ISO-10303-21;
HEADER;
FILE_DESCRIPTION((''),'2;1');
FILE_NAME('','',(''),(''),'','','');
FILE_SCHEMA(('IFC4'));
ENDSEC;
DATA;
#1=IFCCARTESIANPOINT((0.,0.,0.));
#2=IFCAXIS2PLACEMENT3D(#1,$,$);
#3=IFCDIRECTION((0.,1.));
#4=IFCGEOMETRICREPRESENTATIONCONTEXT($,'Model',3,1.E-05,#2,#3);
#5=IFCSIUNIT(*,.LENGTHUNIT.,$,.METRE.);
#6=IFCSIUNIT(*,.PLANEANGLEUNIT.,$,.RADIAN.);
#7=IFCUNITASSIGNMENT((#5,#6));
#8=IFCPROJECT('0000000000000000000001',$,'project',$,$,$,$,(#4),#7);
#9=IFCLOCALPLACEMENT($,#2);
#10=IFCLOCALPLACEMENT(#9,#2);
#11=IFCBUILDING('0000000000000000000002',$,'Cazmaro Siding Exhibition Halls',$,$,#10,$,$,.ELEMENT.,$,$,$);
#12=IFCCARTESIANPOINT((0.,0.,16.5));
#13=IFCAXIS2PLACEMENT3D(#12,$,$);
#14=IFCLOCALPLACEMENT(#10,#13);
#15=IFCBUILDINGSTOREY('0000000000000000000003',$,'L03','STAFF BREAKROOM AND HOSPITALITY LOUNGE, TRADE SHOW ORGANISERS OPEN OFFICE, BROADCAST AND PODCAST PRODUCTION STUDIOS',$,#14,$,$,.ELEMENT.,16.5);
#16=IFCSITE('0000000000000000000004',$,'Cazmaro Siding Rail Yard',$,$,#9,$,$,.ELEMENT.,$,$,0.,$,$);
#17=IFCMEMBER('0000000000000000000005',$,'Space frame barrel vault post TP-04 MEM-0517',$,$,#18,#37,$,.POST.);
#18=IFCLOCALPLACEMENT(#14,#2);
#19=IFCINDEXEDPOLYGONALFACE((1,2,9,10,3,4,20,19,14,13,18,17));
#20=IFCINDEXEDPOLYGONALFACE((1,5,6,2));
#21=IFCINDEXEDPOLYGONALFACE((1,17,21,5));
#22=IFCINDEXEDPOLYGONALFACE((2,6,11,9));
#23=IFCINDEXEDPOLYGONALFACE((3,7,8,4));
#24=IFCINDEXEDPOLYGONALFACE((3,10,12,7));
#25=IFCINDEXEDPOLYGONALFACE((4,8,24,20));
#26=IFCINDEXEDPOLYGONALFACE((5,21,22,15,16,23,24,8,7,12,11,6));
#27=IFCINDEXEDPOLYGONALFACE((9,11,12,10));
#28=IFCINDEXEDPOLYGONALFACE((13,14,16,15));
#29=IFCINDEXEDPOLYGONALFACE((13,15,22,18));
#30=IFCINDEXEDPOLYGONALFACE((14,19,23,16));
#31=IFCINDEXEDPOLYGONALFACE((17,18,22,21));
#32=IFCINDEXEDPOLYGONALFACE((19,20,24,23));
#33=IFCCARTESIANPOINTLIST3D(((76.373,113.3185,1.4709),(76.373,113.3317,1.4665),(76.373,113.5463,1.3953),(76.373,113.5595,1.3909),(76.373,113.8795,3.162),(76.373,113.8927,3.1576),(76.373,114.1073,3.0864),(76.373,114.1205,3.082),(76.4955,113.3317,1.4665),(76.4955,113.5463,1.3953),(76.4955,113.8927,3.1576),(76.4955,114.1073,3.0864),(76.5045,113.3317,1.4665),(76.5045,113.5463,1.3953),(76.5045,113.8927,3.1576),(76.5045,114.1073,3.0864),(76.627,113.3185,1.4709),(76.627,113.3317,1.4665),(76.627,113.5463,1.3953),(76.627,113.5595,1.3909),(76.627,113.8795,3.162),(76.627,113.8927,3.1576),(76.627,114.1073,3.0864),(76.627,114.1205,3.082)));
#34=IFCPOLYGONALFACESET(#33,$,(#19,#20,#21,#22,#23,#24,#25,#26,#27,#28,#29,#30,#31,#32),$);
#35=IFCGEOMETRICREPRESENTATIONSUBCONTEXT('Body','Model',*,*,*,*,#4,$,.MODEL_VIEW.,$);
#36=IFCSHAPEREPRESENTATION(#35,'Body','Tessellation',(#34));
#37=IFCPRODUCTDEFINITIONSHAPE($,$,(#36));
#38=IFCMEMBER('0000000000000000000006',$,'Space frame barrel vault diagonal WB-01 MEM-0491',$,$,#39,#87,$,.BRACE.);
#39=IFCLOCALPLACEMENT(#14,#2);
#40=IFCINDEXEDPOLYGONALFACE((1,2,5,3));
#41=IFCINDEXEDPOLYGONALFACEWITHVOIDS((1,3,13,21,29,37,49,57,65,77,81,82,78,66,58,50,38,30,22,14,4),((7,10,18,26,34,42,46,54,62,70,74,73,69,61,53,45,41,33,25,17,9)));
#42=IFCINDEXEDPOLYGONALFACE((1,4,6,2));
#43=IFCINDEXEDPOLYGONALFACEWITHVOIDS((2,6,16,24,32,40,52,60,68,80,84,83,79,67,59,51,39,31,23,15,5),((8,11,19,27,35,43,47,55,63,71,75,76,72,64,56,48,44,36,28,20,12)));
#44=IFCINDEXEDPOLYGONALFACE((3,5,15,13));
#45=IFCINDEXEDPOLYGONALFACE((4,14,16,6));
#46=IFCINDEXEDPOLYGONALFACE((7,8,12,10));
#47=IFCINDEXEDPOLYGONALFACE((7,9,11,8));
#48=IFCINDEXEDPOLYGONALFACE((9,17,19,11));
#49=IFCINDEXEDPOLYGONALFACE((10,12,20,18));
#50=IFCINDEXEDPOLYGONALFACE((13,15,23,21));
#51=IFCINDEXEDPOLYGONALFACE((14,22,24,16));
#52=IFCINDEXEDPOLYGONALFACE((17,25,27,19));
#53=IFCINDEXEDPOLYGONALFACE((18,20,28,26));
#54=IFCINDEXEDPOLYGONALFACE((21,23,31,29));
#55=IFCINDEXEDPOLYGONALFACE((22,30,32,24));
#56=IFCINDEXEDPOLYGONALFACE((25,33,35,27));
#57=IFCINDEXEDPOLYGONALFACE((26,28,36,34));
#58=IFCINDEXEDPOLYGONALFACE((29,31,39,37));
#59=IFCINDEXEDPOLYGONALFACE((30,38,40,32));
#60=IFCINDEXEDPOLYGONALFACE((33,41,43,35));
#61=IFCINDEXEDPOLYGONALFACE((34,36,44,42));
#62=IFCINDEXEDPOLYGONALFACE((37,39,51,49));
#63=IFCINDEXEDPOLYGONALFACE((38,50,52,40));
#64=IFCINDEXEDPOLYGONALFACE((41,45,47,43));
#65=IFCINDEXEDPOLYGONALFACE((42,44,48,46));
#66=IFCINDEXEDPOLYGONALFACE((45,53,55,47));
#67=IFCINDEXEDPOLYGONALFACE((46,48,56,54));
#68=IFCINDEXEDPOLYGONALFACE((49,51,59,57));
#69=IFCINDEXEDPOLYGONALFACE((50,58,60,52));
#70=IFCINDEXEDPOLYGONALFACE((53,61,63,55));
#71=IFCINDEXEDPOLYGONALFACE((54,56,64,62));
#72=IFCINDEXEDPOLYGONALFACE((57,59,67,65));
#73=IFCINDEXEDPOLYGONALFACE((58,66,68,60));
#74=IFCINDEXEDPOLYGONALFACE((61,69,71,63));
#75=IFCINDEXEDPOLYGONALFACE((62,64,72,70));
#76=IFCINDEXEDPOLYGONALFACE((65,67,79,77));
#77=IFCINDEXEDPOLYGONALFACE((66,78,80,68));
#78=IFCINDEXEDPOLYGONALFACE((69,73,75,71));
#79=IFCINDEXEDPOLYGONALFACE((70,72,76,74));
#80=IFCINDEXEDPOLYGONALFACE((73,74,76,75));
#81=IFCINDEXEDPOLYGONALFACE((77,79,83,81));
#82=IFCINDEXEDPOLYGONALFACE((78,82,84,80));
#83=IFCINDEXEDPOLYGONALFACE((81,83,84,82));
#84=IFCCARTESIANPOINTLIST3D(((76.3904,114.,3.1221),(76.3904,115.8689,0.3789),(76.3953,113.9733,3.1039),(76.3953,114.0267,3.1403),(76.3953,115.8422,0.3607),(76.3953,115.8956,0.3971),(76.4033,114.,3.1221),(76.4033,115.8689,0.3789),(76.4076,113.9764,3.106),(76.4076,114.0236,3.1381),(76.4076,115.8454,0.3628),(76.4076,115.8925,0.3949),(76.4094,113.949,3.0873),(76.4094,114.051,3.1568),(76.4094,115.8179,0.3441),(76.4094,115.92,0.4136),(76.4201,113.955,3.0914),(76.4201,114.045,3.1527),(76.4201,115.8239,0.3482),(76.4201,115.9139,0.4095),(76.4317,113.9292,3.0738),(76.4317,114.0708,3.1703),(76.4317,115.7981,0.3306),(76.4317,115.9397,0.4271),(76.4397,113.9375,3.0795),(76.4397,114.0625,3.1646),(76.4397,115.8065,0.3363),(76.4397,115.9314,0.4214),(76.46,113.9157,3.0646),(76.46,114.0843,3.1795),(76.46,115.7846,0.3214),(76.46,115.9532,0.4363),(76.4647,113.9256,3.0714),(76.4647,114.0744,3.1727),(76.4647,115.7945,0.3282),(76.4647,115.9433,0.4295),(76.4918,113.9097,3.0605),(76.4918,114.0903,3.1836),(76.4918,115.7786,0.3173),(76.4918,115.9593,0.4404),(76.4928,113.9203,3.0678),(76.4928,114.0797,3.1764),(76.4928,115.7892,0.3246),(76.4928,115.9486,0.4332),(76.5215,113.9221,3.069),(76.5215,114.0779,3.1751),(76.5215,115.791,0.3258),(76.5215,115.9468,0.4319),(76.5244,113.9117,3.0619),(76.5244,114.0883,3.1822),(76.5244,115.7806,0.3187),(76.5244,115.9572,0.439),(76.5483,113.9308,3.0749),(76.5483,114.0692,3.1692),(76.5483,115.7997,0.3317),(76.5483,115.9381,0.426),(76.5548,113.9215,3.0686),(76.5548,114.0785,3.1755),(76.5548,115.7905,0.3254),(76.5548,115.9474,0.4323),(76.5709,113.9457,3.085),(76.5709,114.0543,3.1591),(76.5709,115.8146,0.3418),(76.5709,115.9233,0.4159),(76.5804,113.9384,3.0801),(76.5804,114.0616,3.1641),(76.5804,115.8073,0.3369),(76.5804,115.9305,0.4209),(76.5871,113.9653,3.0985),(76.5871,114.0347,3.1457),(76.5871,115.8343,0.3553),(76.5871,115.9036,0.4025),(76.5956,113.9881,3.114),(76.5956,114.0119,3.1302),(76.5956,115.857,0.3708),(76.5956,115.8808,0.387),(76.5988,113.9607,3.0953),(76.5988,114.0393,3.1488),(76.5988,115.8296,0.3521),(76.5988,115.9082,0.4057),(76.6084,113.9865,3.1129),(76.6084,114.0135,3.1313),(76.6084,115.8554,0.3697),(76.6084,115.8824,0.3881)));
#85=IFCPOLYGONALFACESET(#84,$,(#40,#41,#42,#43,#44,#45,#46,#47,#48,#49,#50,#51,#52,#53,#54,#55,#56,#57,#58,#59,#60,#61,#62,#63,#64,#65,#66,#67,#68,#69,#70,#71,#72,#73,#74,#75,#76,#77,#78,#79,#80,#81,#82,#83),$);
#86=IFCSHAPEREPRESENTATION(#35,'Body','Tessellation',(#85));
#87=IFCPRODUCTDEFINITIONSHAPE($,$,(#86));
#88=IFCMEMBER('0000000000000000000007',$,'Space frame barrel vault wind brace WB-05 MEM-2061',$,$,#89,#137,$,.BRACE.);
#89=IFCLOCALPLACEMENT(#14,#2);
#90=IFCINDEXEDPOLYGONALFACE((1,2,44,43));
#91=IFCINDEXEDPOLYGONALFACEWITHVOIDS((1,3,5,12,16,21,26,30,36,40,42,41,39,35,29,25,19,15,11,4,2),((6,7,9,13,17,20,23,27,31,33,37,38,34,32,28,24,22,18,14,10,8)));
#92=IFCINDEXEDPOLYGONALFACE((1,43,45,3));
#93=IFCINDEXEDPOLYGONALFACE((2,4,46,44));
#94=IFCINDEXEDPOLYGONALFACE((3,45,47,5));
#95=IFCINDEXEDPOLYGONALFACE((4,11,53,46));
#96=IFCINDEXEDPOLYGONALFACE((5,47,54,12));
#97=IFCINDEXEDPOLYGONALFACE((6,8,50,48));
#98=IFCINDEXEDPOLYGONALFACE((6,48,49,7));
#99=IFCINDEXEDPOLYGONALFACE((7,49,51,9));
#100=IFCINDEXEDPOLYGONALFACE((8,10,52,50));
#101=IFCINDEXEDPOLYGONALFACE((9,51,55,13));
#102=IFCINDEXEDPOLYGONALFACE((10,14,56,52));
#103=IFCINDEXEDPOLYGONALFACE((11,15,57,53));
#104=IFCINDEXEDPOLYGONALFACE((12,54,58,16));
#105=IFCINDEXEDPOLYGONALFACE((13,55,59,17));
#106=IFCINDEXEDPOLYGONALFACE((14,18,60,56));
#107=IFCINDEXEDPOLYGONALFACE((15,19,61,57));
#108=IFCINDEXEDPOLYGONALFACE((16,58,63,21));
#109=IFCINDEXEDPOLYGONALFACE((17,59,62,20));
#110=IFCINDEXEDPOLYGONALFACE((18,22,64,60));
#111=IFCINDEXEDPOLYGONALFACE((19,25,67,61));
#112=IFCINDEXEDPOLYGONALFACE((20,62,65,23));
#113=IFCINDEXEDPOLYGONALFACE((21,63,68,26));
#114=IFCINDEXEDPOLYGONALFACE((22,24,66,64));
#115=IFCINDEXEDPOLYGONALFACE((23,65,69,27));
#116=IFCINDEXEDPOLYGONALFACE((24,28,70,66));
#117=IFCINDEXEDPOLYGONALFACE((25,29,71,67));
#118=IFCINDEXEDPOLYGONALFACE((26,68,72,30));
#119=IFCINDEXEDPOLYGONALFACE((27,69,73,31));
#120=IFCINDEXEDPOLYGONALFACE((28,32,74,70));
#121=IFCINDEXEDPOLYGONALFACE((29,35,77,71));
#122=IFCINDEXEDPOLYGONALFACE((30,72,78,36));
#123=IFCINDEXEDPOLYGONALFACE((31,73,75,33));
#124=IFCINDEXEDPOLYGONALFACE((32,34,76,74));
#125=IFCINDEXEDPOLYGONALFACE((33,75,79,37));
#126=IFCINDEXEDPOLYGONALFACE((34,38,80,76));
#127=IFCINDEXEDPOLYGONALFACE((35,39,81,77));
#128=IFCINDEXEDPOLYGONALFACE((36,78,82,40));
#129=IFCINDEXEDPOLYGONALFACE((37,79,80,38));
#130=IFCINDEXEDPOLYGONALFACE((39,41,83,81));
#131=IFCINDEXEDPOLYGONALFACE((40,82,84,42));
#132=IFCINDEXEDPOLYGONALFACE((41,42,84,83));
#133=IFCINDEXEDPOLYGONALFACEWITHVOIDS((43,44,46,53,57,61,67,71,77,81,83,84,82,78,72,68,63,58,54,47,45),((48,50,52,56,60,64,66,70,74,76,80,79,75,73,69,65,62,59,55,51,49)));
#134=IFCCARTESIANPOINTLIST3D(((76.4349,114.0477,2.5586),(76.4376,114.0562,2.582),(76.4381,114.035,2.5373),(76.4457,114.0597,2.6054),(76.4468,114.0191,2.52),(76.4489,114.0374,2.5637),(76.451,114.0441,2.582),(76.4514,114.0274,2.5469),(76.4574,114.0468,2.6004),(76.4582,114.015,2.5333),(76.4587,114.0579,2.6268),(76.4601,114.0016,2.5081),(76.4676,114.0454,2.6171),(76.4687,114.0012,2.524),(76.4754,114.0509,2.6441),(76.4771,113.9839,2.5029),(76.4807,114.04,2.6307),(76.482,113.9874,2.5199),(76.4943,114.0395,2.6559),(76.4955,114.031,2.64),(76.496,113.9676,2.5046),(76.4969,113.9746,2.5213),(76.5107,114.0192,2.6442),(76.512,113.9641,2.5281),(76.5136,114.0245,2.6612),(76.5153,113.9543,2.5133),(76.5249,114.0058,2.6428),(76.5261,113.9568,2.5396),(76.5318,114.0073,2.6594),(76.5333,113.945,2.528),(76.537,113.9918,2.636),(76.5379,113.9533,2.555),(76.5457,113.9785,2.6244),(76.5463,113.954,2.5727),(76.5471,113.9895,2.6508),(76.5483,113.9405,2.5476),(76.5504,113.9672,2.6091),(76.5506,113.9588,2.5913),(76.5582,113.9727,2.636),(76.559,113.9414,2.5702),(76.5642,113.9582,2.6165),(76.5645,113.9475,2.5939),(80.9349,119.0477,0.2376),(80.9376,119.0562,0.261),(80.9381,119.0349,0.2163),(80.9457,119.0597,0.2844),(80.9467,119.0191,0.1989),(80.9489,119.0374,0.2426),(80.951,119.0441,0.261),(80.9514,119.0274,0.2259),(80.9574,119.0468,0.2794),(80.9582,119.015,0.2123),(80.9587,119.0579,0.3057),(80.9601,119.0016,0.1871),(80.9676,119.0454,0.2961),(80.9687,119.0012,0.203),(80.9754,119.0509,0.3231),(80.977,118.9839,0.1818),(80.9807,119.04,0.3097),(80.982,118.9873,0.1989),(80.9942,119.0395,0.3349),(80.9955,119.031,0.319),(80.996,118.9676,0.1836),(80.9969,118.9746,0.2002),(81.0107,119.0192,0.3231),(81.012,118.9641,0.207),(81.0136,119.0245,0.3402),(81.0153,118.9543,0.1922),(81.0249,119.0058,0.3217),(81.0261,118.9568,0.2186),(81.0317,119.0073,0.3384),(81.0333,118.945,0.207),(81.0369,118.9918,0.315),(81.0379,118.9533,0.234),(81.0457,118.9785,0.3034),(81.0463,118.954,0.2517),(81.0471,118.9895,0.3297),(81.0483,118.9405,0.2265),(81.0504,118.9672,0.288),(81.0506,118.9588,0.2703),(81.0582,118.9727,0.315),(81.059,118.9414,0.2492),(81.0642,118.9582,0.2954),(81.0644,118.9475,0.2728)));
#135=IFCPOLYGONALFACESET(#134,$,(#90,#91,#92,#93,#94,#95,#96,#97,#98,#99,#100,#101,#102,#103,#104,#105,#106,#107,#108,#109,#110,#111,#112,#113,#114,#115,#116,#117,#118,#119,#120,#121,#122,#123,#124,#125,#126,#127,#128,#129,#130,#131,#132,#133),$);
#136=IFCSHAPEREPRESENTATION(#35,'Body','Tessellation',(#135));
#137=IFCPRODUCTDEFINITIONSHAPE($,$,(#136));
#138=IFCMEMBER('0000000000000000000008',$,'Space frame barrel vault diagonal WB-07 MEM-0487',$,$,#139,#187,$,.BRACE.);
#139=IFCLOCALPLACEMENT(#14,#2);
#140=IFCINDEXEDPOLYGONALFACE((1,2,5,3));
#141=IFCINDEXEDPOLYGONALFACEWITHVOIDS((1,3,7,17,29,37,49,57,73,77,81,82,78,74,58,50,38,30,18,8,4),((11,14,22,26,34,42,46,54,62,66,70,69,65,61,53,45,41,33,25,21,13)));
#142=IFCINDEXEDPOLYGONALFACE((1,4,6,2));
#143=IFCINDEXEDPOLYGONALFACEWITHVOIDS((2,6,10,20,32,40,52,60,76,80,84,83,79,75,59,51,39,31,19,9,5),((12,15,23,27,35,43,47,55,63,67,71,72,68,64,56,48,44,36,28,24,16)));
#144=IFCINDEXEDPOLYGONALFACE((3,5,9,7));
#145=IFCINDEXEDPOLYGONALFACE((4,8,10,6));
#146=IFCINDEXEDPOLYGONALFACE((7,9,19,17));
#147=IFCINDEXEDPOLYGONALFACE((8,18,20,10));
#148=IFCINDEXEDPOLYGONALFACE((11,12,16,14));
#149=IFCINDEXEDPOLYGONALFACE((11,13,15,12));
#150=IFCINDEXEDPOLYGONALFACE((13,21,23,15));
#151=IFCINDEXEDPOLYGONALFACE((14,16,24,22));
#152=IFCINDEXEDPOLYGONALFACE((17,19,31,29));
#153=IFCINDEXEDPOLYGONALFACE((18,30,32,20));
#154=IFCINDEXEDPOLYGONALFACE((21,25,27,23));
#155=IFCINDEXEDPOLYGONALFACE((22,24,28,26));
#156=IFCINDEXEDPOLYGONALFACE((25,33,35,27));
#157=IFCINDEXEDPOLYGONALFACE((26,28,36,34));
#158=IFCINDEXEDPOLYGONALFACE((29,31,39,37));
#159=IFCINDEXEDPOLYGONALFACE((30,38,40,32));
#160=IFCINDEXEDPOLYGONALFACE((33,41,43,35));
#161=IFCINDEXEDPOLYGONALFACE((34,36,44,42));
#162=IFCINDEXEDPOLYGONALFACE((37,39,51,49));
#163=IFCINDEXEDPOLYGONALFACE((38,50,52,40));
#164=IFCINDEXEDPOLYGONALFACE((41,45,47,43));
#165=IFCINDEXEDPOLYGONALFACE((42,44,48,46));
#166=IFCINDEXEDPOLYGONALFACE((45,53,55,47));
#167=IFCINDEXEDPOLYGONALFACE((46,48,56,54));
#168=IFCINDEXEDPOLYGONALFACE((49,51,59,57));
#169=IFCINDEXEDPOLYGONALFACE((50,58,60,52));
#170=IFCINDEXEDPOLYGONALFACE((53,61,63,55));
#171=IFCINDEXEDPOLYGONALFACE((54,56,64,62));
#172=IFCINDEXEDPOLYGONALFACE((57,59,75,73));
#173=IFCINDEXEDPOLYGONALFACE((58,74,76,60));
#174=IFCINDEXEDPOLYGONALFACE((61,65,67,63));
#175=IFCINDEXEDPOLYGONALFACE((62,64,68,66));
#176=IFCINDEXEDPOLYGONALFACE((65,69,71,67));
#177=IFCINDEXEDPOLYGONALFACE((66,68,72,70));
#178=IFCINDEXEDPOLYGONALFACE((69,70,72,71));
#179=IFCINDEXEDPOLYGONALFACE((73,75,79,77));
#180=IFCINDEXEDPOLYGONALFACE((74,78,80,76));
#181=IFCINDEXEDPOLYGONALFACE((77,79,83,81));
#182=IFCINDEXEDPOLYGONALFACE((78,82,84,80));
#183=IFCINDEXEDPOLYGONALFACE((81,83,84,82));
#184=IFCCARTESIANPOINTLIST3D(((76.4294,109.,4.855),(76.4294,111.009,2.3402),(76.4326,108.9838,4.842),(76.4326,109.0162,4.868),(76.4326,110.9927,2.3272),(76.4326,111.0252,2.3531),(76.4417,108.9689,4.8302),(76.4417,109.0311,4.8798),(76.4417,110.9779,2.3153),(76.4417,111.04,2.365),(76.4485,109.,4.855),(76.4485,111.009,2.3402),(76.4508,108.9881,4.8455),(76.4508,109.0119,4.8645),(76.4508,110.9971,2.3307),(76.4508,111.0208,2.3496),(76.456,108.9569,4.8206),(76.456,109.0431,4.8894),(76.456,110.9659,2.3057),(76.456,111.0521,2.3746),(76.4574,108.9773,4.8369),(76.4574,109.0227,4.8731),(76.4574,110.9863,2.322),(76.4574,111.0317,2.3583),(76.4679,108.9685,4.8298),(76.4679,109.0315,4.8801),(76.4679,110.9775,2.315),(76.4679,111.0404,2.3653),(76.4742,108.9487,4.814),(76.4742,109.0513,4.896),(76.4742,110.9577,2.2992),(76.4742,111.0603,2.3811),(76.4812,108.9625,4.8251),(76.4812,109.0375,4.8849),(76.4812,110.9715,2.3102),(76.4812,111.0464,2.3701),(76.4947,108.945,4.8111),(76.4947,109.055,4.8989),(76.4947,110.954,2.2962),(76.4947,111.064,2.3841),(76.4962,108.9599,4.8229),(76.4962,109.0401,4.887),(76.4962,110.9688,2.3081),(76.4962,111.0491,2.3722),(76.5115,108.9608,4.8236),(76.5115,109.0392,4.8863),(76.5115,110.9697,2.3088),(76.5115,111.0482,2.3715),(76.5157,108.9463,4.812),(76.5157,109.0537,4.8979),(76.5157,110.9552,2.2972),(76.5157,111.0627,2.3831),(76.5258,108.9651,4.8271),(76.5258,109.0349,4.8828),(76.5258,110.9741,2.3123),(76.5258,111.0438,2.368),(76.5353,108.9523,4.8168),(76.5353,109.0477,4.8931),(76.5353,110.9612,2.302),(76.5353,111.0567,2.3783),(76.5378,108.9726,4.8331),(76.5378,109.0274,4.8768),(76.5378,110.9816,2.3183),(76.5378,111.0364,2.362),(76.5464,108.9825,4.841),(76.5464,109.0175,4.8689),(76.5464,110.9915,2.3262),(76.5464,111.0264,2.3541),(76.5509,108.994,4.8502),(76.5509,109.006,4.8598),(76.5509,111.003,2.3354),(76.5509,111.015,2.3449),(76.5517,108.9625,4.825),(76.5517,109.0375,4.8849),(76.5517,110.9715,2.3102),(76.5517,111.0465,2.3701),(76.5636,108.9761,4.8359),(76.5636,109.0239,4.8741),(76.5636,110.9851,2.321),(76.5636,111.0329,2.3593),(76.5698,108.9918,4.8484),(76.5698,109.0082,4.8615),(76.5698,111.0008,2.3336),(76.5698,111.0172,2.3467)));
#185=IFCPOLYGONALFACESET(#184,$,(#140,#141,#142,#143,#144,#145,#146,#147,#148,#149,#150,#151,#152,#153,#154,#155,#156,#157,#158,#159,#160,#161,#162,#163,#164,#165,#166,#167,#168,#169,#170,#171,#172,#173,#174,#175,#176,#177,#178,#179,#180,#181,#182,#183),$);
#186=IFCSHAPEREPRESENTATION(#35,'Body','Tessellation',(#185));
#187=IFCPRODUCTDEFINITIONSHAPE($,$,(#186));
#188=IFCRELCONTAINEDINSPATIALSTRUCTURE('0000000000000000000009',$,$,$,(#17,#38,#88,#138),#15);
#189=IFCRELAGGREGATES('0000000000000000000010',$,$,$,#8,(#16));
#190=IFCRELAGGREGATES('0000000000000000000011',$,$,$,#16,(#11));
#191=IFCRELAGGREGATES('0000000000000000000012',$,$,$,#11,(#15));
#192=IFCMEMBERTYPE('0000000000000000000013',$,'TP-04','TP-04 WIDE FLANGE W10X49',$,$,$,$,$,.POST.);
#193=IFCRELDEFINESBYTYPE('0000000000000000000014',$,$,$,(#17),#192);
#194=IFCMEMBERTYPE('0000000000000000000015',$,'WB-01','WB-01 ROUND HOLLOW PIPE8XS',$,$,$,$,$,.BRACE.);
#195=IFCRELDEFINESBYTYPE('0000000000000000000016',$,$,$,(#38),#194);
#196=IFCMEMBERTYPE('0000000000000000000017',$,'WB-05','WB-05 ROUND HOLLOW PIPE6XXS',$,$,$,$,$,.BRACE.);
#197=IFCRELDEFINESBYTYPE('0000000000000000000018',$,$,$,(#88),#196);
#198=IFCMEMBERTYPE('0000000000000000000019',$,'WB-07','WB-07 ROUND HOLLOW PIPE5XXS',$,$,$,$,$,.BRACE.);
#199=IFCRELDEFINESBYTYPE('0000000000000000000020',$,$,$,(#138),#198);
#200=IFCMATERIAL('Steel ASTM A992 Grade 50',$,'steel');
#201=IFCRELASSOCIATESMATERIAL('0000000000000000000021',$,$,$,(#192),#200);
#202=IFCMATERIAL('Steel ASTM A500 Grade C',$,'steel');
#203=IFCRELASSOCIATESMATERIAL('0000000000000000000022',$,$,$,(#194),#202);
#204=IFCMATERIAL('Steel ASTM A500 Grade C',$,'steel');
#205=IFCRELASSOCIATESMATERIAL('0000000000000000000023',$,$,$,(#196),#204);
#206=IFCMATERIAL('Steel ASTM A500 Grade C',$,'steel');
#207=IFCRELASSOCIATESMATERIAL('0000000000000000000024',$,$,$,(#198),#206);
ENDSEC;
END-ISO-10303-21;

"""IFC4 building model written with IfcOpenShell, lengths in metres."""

from ifc_helpers import new_model, si_unit, direction, frame, origin, origin_2d, place, context, subcontext, project, spatial, hollow_circle, i_section, extrude, material, material_profile, profile_set, type_object, element, save


model = new_model("IFC4")

# Units and contexts
model_context = context("Model", 3, precision=1e-05, world=origin(), true_north=direction((0.0, 1.0)))
body_context = subcontext(model_context, "Body", "Model", "MODEL_VIEW")
ifc_project = project(units=[si_unit("LENGTHUNIT", "METRE"), si_unit("PLANEANGLEUNIT", "RADIAN")], contexts=[model_context])

# Site, building, storey
site_placement = place(None, origin())
site = spatial("IfcSite", under=ifc_project, at=site_placement, Name="Cazmaro Siding Rail Yard", CompositionType="ELEMENT", RefElevation=0.0)
building_placement = place(site_placement, origin())
building = spatial("IfcBuilding", under=site, at=building_placement, Name="Cazmaro Siding Exhibition Halls", CompositionType="ELEMENT")
storey_placement = place(building_placement, frame((0.0, 0.0, 16.5)))
storey = spatial("IfcBuildingStorey", under=building, at=storey_placement, Name="L03", Description="STAFF BREAKROOM AND HOSPITALITY LOUNGE, TRADE SHOW ORGANISERS OPEN OFFICE, BROADCAST AND PODCAST PRODUCTION STUDIOS", CompositionType="ELEMENT", Elevation=16.5)

# Members
ifc_material_1 = material(Name="Steel ASTM A992 Grade 50", Category="steel")
ifc_material_profile_1 = material_profile(ifc_material_1, i_section(OverallWidth=0.2539, OverallDepth=0.2539, WebThickness=0.009, FlangeThickness=0.0139, at=origin_2d()), Name="W10X49")
ifc_profile_set_1 = profile_set([ifc_material_profile_1], Name="Steel ASTM A992 Grade 50")
member_type_1 = type_object("IfcMemberType", Name="TP-04", Description="TP-04 WIDE FLANGE W10X49", PredefinedType="POST", material=ifc_profile_set_1)
member_1_placement = place(storey_placement, frame((76.5, 113.439, 1.4309), z_axis=(0.0, 0.314871, 0.949134), x_axis=(-1.0, 0.0, 0.0)))
element("IfcMember", 1, at=member_1_placement, inside=storey, type_object=member_type_1, Name="Space frame barrel vault post TP-04 MEM-0517", PredefinedType="POST", context=body_context, shape_type="SweptSolid", body=[
    extrude(i_section(OverallWidth=0.2539, OverallDepth=0.2539, WebThickness=0.009, FlangeThickness=0.0139, at=origin_2d()), origin(), (0.0, 0.0, 1.0), 1.7817),
])
ifc_material_2 = material(Name="Steel ASTM A500 Grade C", Category="steel")
ifc_material_profile_2 = material_profile(ifc_material_2, hollow_circle(Radius=0.1096, WallThickness=0.0129, at=origin_2d()), Name="PIPE8XS")
ifc_profile_set_2 = profile_set([ifc_material_profile_2], Name="Steel ASTM A500 Grade C")
member_type_2 = type_object("IfcMemberType", Name="WB-01", Description="WB-01 ROUND HOLLOW PIPE8XS", PredefinedType="BRACE", material=ifc_profile_set_2)
member_2_placement = place(storey_placement, frame((76.5, 114.0, 3.1221), z_axis=(0.0, 0.56304, -0.82643), x_axis=(-1.0, 0.0, 0.0)))
element("IfcMember", 2, at=member_2_placement, inside=storey, type_object=member_type_2, Name="Space frame barrel vault diagonal WB-01 MEM-0491", PredefinedType="BRACE", context=body_context, shape_type="SweptSolid", body=[
    extrude(hollow_circle(Radius=0.1096, WallThickness=0.0129, at=origin_2d()), origin(), (0.0, 0.0, 1.0), 3.3193),
])
ifc_material_3 = material(Name="Steel ASTM A500 Grade C", Category="steel")
ifc_material_profile_3 = material_profile(ifc_material_3, hollow_circle(Radius=0.084, WallThickness=0.0181, at=origin_2d()), Name="PIPE6XXS")
ifc_profile_set_3 = profile_set([ifc_material_profile_3], Name="Steel ASTM A500 Grade C")
member_type_3 = type_object("IfcMemberType", Name="WB-05", Description="WB-05 ROUND HOLLOW PIPE6XXS", PredefinedType="BRACE", material=ifc_profile_set_3)
member_3_placement = place(storey_placement, frame((76.5, 114.0, 2.582), z_axis=(0.632379, 0.702643, -0.326173), x_axis=(-0.743294, 0.668965, 0.0)))
element("IfcMember", 3, at=member_3_placement, inside=storey, type_object=member_type_3, Name="Space frame barrel vault wind brace WB-05 MEM-2061", PredefinedType="BRACE", context=body_context, shape_type="SweptSolid", body=[
    extrude(hollow_circle(Radius=0.084, WallThickness=0.0181, at=origin_2d()), origin(), (0.0, 0.0, 1.0), 7.116),
])
ifc_material_4 = material(Name="Steel ASTM A500 Grade C", Category="steel")
ifc_material_profile_4 = material_profile(ifc_material_4, hollow_circle(Radius=0.0706, WallThickness=0.019, at=origin_2d()), Name="PIPE5XXS")
ifc_profile_set_4 = profile_set([ifc_material_profile_4], Name="Steel ASTM A500 Grade C")
member_type_4 = type_object("IfcMemberType", Name="WB-07", Description="WB-07 ROUND HOLLOW PIPE5XXS", PredefinedType="BRACE", material=ifc_profile_set_4)
member_4_placement = place(storey_placement, frame((76.5, 109.0, 4.855), z_axis=(0.0, 0.624149, -0.781305), x_axis=(-1.0, 0.0, 0.0)))
element("IfcMember", 4, at=member_4_placement, inside=storey, type_object=member_type_4, Name="Space frame barrel vault diagonal WB-07 MEM-0487", PredefinedType="BRACE", context=body_context, shape_type="SweptSolid", body=[
    extrude(hollow_circle(Radius=0.0706, WallThickness=0.019, at=origin_2d()), origin(), (0.0, 0.0, 1.0), 3.2188),
])

save(model, "model.ifc")
